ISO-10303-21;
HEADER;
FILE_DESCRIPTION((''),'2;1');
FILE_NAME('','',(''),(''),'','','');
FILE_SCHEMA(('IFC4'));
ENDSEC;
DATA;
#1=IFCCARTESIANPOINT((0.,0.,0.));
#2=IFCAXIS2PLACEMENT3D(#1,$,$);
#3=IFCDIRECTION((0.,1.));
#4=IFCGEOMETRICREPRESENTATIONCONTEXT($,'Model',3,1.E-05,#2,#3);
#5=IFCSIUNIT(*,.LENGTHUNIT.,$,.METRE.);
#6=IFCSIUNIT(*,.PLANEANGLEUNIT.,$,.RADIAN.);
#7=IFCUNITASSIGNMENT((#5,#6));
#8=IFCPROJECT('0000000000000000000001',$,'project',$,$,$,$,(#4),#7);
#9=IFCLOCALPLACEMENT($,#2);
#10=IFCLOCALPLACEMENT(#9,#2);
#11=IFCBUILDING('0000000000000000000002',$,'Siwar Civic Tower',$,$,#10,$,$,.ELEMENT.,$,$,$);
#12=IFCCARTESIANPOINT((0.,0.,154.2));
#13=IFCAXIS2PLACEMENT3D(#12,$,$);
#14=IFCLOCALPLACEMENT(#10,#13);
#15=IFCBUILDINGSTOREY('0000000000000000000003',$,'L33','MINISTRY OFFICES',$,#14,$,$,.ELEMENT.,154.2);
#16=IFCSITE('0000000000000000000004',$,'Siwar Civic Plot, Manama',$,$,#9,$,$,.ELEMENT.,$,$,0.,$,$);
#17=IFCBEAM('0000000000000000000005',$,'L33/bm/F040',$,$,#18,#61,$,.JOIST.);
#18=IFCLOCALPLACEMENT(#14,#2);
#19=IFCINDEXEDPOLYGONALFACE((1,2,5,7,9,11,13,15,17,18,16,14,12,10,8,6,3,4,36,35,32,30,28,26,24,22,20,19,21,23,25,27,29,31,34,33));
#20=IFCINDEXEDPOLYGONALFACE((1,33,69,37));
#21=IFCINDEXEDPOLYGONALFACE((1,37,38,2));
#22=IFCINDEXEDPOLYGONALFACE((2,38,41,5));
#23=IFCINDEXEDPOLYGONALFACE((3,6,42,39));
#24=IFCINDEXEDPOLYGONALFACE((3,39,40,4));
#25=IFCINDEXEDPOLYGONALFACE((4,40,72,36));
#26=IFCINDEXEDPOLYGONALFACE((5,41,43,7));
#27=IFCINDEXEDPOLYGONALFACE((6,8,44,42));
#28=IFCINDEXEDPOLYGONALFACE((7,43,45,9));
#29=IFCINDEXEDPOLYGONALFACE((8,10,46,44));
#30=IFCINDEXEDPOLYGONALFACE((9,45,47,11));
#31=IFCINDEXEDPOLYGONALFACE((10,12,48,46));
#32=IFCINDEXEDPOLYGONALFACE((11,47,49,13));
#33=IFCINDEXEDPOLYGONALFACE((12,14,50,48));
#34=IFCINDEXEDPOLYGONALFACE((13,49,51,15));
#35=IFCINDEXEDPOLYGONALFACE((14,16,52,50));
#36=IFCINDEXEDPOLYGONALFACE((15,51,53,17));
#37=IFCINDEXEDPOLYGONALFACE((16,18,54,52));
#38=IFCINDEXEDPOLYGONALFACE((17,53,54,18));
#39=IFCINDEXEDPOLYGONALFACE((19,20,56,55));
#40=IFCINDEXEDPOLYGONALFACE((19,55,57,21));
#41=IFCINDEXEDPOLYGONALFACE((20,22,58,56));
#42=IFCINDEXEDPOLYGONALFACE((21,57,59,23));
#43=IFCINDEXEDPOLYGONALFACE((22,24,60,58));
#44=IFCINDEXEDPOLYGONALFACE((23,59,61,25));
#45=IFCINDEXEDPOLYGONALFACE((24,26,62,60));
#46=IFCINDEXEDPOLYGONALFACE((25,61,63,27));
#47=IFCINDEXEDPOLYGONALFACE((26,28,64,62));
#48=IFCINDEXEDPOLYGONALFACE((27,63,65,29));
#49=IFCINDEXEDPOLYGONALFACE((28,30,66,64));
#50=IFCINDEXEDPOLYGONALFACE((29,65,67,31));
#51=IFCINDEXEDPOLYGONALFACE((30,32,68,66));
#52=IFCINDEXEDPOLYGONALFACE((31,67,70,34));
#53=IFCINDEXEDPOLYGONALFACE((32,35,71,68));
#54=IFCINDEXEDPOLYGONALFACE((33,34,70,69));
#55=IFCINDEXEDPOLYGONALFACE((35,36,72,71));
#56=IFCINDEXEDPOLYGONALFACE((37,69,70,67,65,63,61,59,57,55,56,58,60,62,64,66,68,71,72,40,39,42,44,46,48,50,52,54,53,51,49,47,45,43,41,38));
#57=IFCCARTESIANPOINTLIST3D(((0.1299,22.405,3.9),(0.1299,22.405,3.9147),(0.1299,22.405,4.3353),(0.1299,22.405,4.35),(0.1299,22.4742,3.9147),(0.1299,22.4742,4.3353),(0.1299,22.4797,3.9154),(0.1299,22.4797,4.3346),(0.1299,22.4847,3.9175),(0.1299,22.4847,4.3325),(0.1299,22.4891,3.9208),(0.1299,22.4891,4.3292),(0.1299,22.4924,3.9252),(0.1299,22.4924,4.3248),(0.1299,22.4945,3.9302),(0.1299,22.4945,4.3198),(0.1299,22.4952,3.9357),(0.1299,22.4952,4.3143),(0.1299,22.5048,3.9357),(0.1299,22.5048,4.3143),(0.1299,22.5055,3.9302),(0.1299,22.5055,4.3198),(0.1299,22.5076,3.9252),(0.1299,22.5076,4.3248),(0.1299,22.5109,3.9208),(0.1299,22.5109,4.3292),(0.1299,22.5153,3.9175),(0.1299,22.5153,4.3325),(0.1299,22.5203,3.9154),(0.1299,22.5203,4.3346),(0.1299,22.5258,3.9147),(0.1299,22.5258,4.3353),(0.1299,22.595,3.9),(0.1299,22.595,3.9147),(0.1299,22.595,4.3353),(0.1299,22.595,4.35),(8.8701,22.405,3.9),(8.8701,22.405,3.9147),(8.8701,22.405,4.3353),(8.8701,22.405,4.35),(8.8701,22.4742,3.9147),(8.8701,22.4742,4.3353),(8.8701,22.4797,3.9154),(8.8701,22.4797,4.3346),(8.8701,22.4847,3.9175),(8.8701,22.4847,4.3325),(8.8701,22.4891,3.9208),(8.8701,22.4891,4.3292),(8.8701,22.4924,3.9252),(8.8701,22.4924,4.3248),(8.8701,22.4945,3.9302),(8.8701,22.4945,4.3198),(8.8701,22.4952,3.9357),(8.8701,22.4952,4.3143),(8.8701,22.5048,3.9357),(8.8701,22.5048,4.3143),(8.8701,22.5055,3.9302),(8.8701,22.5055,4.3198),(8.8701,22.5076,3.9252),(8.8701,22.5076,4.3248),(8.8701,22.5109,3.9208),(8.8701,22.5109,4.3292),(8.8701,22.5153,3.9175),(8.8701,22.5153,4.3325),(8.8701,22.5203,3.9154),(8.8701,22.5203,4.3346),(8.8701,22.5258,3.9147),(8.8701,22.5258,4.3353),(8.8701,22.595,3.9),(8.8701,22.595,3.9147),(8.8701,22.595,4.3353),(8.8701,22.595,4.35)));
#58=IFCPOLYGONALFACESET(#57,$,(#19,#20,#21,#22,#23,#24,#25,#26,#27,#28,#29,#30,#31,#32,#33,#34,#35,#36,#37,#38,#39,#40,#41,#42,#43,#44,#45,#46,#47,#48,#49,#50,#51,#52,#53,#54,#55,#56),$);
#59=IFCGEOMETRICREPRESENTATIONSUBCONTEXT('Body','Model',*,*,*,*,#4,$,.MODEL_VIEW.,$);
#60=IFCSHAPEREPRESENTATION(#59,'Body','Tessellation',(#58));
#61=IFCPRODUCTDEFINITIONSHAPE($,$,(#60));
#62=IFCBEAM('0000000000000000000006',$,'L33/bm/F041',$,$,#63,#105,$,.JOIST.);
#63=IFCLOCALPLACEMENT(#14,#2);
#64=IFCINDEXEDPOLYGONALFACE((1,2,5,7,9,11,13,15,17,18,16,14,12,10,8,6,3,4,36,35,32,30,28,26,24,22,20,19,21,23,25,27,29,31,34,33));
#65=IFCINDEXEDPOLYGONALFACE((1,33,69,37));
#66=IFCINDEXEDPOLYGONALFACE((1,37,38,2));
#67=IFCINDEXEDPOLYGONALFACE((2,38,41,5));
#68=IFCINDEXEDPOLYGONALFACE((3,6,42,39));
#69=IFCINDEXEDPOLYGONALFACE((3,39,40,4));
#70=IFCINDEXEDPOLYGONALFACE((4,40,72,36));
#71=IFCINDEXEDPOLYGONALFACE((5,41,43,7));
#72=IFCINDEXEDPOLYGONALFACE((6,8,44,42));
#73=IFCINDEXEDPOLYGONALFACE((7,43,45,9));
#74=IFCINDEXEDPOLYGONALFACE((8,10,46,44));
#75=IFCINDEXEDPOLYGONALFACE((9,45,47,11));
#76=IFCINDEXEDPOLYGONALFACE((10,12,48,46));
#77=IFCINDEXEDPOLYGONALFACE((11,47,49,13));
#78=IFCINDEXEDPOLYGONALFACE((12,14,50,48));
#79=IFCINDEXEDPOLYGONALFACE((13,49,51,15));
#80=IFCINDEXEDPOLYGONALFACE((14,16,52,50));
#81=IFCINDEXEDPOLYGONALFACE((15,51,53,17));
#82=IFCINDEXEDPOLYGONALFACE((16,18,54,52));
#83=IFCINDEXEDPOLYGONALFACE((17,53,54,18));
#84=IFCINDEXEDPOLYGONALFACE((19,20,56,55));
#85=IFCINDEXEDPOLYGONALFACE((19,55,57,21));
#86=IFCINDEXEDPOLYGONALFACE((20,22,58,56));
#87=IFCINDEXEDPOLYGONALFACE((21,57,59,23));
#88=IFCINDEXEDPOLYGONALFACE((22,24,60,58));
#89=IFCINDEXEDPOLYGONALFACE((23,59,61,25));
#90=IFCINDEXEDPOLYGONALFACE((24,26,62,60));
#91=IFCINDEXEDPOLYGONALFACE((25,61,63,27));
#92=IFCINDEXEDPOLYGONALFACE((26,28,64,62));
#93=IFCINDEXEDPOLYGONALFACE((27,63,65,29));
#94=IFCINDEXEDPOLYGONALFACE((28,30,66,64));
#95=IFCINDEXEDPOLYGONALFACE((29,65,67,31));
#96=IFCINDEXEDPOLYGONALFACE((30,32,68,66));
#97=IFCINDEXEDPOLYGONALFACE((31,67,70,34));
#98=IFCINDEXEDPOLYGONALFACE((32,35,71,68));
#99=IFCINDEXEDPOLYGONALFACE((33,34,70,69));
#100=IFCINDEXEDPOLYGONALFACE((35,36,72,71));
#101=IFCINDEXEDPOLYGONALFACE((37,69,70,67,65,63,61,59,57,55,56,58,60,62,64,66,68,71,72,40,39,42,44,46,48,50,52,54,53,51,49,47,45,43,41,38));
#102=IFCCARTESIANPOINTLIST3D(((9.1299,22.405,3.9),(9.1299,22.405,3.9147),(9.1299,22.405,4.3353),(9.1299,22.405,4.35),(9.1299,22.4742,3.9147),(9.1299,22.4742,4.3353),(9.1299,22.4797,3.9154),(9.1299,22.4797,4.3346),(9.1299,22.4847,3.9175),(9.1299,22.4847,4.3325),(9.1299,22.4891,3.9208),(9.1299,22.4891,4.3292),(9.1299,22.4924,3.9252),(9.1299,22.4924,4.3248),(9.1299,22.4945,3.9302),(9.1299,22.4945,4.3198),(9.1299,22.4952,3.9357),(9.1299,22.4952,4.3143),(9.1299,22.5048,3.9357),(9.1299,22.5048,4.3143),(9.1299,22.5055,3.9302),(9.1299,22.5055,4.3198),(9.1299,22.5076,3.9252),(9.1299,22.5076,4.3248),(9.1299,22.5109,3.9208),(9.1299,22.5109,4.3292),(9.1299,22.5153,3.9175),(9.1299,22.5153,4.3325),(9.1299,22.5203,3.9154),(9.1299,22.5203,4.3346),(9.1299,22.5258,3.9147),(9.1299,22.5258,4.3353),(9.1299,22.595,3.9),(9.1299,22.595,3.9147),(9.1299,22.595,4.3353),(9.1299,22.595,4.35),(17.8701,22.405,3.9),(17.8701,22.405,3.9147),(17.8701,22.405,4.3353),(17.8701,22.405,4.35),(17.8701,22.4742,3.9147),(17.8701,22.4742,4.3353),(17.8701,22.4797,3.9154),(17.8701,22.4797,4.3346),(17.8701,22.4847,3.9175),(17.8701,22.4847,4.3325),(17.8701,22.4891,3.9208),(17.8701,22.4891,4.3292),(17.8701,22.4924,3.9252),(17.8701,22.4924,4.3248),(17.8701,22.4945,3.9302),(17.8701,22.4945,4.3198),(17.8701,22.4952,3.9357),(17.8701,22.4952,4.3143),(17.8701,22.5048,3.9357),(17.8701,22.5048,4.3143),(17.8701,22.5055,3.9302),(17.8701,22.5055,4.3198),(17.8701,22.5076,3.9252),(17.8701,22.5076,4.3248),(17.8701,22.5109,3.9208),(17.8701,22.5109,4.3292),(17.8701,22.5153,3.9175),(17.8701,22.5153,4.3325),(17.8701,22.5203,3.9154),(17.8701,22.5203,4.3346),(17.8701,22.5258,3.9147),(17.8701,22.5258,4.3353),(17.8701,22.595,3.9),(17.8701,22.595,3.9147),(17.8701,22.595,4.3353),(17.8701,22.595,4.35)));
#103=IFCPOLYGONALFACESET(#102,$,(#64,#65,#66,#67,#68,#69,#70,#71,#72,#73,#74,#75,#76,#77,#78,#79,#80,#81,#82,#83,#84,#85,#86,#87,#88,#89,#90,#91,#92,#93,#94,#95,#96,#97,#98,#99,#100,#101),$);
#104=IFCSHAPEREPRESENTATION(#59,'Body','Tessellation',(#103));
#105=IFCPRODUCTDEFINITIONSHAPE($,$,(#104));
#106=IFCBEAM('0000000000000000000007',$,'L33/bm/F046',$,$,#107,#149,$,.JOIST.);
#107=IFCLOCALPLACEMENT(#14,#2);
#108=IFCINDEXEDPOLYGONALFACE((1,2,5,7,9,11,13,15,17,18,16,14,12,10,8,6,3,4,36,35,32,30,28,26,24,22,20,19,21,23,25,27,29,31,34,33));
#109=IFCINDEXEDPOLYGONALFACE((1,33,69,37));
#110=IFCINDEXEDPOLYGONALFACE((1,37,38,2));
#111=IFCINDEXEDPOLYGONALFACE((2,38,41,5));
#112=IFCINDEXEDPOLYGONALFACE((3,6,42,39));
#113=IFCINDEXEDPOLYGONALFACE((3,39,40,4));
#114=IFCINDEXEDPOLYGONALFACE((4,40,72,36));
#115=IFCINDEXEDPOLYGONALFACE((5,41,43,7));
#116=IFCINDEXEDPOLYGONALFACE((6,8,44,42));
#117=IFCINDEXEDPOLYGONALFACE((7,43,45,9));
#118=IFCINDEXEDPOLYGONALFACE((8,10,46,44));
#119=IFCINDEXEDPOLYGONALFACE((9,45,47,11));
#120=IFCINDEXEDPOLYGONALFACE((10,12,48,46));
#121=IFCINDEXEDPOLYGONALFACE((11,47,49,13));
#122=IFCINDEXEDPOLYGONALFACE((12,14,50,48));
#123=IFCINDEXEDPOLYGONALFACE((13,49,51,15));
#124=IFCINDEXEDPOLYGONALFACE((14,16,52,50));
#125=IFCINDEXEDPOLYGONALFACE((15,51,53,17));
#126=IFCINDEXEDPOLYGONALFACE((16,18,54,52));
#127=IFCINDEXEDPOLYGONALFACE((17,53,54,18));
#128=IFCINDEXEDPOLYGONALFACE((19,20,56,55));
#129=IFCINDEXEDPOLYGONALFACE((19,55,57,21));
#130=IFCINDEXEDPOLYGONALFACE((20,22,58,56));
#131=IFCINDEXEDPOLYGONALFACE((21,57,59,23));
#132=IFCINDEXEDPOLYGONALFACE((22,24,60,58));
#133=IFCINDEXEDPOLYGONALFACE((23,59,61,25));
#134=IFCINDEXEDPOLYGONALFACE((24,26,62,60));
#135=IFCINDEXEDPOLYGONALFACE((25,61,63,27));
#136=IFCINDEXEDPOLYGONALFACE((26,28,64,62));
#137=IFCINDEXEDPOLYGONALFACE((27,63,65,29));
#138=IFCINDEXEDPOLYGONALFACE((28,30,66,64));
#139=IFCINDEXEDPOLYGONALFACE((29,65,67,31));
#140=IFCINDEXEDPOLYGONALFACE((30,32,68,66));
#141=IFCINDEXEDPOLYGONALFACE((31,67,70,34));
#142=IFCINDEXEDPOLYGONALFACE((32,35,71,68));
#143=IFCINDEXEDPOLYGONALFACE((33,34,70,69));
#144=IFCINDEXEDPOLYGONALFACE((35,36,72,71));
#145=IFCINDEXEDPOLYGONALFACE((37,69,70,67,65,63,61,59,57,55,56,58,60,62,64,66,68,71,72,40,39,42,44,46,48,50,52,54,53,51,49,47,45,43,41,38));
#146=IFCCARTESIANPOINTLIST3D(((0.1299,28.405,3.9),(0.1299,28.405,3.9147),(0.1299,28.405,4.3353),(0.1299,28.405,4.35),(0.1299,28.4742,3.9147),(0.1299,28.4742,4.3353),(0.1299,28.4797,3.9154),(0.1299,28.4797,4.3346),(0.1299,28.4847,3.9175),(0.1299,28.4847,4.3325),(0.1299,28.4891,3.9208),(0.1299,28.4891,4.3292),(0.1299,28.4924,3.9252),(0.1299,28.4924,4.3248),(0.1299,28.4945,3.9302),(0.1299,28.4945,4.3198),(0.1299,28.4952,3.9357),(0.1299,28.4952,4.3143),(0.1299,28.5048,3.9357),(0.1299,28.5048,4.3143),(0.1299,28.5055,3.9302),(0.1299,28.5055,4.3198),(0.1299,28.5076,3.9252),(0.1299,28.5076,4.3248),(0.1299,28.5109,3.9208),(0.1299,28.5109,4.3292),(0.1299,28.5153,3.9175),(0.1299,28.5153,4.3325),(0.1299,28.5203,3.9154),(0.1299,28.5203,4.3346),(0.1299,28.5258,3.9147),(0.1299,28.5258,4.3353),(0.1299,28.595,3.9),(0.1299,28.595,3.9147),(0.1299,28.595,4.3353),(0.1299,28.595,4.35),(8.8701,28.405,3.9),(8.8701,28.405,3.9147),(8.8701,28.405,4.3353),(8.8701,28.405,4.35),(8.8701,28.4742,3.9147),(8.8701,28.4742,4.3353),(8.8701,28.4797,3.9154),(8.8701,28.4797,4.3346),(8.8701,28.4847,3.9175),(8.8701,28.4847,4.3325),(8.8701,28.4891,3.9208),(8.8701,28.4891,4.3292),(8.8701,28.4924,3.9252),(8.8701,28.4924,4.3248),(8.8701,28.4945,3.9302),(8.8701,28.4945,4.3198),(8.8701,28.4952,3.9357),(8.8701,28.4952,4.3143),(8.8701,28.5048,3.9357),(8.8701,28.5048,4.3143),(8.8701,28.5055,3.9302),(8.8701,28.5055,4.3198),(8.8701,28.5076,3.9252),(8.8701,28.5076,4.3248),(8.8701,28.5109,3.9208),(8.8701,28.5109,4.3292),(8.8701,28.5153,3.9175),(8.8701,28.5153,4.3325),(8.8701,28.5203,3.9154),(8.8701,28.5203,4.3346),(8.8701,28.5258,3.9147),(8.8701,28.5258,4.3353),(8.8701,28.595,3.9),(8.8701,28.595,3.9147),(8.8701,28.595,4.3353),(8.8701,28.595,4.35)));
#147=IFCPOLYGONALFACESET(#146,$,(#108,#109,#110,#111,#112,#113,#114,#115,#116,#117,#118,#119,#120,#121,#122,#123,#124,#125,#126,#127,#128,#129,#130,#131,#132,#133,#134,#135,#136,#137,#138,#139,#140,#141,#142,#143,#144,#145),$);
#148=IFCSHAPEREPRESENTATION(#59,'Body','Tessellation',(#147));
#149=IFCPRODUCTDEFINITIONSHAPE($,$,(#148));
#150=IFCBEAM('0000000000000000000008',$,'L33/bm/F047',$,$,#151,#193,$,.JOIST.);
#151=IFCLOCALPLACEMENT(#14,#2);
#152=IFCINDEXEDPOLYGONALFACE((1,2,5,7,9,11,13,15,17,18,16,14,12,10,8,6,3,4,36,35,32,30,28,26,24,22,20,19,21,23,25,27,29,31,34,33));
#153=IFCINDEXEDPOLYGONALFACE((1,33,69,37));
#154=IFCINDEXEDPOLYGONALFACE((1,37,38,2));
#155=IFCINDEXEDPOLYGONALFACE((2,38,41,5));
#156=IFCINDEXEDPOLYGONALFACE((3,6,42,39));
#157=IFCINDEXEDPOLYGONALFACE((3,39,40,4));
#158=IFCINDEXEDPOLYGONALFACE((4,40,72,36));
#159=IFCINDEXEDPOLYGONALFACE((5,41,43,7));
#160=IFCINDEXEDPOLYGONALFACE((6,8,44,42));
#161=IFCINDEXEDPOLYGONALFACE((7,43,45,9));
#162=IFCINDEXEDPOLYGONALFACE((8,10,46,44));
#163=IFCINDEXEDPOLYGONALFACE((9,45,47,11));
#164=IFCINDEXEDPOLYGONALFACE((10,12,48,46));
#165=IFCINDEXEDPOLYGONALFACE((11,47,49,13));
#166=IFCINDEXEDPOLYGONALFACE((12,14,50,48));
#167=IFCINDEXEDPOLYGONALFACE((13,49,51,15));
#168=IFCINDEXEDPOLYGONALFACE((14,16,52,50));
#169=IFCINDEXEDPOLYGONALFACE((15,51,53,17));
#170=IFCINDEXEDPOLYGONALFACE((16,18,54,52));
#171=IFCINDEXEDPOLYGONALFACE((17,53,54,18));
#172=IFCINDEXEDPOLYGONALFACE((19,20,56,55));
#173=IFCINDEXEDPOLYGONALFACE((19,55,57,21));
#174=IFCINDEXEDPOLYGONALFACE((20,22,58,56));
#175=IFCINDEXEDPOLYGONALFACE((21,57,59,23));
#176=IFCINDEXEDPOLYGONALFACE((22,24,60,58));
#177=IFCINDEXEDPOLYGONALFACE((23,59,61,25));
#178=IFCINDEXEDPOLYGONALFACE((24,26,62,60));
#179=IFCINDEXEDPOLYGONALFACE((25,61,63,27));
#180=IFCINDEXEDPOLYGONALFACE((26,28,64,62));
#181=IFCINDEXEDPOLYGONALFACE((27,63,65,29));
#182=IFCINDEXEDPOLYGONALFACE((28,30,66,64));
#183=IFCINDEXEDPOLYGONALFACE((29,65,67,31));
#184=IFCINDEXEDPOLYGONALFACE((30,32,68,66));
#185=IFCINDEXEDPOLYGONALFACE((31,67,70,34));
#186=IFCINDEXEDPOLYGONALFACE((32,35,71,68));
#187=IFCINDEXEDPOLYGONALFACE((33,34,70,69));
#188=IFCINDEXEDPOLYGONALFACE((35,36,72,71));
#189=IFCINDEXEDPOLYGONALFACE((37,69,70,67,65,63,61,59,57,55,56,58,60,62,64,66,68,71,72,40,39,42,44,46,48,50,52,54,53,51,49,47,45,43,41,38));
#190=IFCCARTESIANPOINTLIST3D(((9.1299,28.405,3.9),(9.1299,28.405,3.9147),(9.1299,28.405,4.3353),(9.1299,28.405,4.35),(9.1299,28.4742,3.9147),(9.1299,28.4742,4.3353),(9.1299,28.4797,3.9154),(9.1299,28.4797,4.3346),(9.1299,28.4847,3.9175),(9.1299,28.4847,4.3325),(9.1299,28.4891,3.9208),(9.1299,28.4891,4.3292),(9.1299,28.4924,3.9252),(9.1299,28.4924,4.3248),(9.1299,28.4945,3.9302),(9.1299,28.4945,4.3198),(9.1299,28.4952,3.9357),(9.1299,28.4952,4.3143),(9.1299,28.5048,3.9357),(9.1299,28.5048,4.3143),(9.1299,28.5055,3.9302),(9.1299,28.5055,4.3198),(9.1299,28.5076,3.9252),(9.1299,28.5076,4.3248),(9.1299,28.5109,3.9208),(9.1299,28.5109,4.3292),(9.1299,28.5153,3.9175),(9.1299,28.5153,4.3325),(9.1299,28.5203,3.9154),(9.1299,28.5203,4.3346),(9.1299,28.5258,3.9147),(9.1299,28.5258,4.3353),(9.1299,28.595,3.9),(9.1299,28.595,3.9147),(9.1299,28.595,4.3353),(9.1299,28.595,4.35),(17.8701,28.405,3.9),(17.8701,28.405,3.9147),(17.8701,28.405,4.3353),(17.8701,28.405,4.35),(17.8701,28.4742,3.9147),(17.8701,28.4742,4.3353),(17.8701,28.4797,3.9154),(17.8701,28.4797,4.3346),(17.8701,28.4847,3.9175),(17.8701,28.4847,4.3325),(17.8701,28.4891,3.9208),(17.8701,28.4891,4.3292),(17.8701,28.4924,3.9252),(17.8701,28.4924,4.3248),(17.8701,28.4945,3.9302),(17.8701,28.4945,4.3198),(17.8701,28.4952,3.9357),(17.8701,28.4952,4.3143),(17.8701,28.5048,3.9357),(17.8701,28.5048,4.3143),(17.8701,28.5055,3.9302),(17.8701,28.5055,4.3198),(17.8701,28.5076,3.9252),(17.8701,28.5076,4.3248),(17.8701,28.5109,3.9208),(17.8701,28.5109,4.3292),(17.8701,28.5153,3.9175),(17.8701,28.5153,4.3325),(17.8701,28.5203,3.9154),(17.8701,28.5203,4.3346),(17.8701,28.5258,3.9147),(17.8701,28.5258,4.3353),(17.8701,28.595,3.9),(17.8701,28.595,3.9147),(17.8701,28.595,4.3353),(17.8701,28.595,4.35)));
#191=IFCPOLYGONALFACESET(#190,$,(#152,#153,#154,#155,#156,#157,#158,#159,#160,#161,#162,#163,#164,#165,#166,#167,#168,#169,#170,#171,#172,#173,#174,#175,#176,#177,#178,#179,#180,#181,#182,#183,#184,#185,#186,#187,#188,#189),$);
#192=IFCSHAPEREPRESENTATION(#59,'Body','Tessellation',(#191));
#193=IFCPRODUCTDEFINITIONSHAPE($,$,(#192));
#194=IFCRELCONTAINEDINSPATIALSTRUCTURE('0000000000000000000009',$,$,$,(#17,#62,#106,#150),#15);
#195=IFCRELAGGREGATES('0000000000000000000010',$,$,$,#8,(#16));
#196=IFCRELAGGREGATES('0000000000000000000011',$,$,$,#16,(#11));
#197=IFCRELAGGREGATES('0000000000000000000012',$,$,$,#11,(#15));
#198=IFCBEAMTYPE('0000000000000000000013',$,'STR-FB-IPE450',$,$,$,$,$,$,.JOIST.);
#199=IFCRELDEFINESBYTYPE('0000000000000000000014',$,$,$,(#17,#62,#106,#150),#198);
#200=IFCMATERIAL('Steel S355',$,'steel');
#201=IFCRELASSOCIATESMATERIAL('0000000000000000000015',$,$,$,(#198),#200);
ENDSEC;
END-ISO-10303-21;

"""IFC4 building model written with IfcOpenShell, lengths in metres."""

from ifc_helpers import new_model, si_unit, direction, frame, origin, origin_2d, place, context, subcontext, project, spatial, i_section, extrude, material, material_profile, profile_set, type_object, element, save


model = new_model("IFC4")

# Units and contexts
model_context = context("Model", 3, precision=1e-05, world=origin(), true_north=direction((0.0, 1.0)))
body_context = subcontext(model_context, "Body", "Model", "MODEL_VIEW")
ifc_project = project(units=[si_unit("LENGTHUNIT", "METRE"), si_unit("PLANEANGLEUNIT", "RADIAN")], contexts=[model_context])

# Site, building, storey
site_placement = place(None, origin())
site = spatial("IfcSite", under=ifc_project, at=site_placement, Name="Siwar Civic Plot, Manama", CompositionType="ELEMENT", RefElevation=0.0)
building_placement = place(site_placement, origin())
building = spatial("IfcBuilding", under=site, at=building_placement, Name="Siwar Civic Tower", CompositionType="ELEMENT")
storey_placement = place(building_placement, frame((0.0, 0.0, 154.2)))
storey = spatial("IfcBuildingStorey", under=building, at=storey_placement, Name="L33", Description="MINISTRY OFFICES", CompositionType="ELEMENT", Elevation=154.2)

# Beams
ifc_material_1 = material(Name="Steel S355", Category="steel")
ifc_material_profile_1 = material_profile(ifc_material_1, i_section(OverallWidth=0.1899, OverallDepth=0.45, WebThickness=0.0095, FlangeThickness=0.0146, FilletRadius=0.021, at=origin_2d()), Name="IPE450")
ifc_profile_set_1 = profile_set([ifc_material_profile_1], Name="Steel S355")
beam_type_1 = type_object("IfcBeamType", Name="STR-FB-IPE450", PredefinedType="JOIST", material=ifc_profile_set_1)
for number, where, z_axis, x_axis, name in (
    (1, (0.1299, 22.5, 4.125), (1.0, 0.0, 0.0), (0.0, 1.0, 0.0), "L33/bm/F040"),
    (2, (9.1299, 22.5, 4.125), (1.0, 0.0, 0.0), (0.0, 1.0, 0.0), "L33/bm/F041"),
    (3, (0.1299, 28.5, 4.125), (1.0, 0.0, 0.0), (0.0, 1.0, 0.0), "L33/bm/F046"),
    (4, (9.1299, 28.5, 4.125), (1.0, 0.0, 0.0), (0.0, 1.0, 0.0), "L33/bm/F047"),
):
    element("IfcBeam", number, at=place(storey_placement, frame(where, z_axis=z_axis, x_axis=x_axis)), inside=storey, type_object=beam_type_1, Name=name, PredefinedType="JOIST", context=body_context, shape_type="SweptSolid", body=[
        extrude(i_section(OverallWidth=0.1899, OverallDepth=0.45, WebThickness=0.0095, FlangeThickness=0.0146, FilletRadius=0.021, at=origin_2d()), origin(), (0.0, 0.0, 1.0), 8.7402),
    ])

save(model, "model.ifc")
